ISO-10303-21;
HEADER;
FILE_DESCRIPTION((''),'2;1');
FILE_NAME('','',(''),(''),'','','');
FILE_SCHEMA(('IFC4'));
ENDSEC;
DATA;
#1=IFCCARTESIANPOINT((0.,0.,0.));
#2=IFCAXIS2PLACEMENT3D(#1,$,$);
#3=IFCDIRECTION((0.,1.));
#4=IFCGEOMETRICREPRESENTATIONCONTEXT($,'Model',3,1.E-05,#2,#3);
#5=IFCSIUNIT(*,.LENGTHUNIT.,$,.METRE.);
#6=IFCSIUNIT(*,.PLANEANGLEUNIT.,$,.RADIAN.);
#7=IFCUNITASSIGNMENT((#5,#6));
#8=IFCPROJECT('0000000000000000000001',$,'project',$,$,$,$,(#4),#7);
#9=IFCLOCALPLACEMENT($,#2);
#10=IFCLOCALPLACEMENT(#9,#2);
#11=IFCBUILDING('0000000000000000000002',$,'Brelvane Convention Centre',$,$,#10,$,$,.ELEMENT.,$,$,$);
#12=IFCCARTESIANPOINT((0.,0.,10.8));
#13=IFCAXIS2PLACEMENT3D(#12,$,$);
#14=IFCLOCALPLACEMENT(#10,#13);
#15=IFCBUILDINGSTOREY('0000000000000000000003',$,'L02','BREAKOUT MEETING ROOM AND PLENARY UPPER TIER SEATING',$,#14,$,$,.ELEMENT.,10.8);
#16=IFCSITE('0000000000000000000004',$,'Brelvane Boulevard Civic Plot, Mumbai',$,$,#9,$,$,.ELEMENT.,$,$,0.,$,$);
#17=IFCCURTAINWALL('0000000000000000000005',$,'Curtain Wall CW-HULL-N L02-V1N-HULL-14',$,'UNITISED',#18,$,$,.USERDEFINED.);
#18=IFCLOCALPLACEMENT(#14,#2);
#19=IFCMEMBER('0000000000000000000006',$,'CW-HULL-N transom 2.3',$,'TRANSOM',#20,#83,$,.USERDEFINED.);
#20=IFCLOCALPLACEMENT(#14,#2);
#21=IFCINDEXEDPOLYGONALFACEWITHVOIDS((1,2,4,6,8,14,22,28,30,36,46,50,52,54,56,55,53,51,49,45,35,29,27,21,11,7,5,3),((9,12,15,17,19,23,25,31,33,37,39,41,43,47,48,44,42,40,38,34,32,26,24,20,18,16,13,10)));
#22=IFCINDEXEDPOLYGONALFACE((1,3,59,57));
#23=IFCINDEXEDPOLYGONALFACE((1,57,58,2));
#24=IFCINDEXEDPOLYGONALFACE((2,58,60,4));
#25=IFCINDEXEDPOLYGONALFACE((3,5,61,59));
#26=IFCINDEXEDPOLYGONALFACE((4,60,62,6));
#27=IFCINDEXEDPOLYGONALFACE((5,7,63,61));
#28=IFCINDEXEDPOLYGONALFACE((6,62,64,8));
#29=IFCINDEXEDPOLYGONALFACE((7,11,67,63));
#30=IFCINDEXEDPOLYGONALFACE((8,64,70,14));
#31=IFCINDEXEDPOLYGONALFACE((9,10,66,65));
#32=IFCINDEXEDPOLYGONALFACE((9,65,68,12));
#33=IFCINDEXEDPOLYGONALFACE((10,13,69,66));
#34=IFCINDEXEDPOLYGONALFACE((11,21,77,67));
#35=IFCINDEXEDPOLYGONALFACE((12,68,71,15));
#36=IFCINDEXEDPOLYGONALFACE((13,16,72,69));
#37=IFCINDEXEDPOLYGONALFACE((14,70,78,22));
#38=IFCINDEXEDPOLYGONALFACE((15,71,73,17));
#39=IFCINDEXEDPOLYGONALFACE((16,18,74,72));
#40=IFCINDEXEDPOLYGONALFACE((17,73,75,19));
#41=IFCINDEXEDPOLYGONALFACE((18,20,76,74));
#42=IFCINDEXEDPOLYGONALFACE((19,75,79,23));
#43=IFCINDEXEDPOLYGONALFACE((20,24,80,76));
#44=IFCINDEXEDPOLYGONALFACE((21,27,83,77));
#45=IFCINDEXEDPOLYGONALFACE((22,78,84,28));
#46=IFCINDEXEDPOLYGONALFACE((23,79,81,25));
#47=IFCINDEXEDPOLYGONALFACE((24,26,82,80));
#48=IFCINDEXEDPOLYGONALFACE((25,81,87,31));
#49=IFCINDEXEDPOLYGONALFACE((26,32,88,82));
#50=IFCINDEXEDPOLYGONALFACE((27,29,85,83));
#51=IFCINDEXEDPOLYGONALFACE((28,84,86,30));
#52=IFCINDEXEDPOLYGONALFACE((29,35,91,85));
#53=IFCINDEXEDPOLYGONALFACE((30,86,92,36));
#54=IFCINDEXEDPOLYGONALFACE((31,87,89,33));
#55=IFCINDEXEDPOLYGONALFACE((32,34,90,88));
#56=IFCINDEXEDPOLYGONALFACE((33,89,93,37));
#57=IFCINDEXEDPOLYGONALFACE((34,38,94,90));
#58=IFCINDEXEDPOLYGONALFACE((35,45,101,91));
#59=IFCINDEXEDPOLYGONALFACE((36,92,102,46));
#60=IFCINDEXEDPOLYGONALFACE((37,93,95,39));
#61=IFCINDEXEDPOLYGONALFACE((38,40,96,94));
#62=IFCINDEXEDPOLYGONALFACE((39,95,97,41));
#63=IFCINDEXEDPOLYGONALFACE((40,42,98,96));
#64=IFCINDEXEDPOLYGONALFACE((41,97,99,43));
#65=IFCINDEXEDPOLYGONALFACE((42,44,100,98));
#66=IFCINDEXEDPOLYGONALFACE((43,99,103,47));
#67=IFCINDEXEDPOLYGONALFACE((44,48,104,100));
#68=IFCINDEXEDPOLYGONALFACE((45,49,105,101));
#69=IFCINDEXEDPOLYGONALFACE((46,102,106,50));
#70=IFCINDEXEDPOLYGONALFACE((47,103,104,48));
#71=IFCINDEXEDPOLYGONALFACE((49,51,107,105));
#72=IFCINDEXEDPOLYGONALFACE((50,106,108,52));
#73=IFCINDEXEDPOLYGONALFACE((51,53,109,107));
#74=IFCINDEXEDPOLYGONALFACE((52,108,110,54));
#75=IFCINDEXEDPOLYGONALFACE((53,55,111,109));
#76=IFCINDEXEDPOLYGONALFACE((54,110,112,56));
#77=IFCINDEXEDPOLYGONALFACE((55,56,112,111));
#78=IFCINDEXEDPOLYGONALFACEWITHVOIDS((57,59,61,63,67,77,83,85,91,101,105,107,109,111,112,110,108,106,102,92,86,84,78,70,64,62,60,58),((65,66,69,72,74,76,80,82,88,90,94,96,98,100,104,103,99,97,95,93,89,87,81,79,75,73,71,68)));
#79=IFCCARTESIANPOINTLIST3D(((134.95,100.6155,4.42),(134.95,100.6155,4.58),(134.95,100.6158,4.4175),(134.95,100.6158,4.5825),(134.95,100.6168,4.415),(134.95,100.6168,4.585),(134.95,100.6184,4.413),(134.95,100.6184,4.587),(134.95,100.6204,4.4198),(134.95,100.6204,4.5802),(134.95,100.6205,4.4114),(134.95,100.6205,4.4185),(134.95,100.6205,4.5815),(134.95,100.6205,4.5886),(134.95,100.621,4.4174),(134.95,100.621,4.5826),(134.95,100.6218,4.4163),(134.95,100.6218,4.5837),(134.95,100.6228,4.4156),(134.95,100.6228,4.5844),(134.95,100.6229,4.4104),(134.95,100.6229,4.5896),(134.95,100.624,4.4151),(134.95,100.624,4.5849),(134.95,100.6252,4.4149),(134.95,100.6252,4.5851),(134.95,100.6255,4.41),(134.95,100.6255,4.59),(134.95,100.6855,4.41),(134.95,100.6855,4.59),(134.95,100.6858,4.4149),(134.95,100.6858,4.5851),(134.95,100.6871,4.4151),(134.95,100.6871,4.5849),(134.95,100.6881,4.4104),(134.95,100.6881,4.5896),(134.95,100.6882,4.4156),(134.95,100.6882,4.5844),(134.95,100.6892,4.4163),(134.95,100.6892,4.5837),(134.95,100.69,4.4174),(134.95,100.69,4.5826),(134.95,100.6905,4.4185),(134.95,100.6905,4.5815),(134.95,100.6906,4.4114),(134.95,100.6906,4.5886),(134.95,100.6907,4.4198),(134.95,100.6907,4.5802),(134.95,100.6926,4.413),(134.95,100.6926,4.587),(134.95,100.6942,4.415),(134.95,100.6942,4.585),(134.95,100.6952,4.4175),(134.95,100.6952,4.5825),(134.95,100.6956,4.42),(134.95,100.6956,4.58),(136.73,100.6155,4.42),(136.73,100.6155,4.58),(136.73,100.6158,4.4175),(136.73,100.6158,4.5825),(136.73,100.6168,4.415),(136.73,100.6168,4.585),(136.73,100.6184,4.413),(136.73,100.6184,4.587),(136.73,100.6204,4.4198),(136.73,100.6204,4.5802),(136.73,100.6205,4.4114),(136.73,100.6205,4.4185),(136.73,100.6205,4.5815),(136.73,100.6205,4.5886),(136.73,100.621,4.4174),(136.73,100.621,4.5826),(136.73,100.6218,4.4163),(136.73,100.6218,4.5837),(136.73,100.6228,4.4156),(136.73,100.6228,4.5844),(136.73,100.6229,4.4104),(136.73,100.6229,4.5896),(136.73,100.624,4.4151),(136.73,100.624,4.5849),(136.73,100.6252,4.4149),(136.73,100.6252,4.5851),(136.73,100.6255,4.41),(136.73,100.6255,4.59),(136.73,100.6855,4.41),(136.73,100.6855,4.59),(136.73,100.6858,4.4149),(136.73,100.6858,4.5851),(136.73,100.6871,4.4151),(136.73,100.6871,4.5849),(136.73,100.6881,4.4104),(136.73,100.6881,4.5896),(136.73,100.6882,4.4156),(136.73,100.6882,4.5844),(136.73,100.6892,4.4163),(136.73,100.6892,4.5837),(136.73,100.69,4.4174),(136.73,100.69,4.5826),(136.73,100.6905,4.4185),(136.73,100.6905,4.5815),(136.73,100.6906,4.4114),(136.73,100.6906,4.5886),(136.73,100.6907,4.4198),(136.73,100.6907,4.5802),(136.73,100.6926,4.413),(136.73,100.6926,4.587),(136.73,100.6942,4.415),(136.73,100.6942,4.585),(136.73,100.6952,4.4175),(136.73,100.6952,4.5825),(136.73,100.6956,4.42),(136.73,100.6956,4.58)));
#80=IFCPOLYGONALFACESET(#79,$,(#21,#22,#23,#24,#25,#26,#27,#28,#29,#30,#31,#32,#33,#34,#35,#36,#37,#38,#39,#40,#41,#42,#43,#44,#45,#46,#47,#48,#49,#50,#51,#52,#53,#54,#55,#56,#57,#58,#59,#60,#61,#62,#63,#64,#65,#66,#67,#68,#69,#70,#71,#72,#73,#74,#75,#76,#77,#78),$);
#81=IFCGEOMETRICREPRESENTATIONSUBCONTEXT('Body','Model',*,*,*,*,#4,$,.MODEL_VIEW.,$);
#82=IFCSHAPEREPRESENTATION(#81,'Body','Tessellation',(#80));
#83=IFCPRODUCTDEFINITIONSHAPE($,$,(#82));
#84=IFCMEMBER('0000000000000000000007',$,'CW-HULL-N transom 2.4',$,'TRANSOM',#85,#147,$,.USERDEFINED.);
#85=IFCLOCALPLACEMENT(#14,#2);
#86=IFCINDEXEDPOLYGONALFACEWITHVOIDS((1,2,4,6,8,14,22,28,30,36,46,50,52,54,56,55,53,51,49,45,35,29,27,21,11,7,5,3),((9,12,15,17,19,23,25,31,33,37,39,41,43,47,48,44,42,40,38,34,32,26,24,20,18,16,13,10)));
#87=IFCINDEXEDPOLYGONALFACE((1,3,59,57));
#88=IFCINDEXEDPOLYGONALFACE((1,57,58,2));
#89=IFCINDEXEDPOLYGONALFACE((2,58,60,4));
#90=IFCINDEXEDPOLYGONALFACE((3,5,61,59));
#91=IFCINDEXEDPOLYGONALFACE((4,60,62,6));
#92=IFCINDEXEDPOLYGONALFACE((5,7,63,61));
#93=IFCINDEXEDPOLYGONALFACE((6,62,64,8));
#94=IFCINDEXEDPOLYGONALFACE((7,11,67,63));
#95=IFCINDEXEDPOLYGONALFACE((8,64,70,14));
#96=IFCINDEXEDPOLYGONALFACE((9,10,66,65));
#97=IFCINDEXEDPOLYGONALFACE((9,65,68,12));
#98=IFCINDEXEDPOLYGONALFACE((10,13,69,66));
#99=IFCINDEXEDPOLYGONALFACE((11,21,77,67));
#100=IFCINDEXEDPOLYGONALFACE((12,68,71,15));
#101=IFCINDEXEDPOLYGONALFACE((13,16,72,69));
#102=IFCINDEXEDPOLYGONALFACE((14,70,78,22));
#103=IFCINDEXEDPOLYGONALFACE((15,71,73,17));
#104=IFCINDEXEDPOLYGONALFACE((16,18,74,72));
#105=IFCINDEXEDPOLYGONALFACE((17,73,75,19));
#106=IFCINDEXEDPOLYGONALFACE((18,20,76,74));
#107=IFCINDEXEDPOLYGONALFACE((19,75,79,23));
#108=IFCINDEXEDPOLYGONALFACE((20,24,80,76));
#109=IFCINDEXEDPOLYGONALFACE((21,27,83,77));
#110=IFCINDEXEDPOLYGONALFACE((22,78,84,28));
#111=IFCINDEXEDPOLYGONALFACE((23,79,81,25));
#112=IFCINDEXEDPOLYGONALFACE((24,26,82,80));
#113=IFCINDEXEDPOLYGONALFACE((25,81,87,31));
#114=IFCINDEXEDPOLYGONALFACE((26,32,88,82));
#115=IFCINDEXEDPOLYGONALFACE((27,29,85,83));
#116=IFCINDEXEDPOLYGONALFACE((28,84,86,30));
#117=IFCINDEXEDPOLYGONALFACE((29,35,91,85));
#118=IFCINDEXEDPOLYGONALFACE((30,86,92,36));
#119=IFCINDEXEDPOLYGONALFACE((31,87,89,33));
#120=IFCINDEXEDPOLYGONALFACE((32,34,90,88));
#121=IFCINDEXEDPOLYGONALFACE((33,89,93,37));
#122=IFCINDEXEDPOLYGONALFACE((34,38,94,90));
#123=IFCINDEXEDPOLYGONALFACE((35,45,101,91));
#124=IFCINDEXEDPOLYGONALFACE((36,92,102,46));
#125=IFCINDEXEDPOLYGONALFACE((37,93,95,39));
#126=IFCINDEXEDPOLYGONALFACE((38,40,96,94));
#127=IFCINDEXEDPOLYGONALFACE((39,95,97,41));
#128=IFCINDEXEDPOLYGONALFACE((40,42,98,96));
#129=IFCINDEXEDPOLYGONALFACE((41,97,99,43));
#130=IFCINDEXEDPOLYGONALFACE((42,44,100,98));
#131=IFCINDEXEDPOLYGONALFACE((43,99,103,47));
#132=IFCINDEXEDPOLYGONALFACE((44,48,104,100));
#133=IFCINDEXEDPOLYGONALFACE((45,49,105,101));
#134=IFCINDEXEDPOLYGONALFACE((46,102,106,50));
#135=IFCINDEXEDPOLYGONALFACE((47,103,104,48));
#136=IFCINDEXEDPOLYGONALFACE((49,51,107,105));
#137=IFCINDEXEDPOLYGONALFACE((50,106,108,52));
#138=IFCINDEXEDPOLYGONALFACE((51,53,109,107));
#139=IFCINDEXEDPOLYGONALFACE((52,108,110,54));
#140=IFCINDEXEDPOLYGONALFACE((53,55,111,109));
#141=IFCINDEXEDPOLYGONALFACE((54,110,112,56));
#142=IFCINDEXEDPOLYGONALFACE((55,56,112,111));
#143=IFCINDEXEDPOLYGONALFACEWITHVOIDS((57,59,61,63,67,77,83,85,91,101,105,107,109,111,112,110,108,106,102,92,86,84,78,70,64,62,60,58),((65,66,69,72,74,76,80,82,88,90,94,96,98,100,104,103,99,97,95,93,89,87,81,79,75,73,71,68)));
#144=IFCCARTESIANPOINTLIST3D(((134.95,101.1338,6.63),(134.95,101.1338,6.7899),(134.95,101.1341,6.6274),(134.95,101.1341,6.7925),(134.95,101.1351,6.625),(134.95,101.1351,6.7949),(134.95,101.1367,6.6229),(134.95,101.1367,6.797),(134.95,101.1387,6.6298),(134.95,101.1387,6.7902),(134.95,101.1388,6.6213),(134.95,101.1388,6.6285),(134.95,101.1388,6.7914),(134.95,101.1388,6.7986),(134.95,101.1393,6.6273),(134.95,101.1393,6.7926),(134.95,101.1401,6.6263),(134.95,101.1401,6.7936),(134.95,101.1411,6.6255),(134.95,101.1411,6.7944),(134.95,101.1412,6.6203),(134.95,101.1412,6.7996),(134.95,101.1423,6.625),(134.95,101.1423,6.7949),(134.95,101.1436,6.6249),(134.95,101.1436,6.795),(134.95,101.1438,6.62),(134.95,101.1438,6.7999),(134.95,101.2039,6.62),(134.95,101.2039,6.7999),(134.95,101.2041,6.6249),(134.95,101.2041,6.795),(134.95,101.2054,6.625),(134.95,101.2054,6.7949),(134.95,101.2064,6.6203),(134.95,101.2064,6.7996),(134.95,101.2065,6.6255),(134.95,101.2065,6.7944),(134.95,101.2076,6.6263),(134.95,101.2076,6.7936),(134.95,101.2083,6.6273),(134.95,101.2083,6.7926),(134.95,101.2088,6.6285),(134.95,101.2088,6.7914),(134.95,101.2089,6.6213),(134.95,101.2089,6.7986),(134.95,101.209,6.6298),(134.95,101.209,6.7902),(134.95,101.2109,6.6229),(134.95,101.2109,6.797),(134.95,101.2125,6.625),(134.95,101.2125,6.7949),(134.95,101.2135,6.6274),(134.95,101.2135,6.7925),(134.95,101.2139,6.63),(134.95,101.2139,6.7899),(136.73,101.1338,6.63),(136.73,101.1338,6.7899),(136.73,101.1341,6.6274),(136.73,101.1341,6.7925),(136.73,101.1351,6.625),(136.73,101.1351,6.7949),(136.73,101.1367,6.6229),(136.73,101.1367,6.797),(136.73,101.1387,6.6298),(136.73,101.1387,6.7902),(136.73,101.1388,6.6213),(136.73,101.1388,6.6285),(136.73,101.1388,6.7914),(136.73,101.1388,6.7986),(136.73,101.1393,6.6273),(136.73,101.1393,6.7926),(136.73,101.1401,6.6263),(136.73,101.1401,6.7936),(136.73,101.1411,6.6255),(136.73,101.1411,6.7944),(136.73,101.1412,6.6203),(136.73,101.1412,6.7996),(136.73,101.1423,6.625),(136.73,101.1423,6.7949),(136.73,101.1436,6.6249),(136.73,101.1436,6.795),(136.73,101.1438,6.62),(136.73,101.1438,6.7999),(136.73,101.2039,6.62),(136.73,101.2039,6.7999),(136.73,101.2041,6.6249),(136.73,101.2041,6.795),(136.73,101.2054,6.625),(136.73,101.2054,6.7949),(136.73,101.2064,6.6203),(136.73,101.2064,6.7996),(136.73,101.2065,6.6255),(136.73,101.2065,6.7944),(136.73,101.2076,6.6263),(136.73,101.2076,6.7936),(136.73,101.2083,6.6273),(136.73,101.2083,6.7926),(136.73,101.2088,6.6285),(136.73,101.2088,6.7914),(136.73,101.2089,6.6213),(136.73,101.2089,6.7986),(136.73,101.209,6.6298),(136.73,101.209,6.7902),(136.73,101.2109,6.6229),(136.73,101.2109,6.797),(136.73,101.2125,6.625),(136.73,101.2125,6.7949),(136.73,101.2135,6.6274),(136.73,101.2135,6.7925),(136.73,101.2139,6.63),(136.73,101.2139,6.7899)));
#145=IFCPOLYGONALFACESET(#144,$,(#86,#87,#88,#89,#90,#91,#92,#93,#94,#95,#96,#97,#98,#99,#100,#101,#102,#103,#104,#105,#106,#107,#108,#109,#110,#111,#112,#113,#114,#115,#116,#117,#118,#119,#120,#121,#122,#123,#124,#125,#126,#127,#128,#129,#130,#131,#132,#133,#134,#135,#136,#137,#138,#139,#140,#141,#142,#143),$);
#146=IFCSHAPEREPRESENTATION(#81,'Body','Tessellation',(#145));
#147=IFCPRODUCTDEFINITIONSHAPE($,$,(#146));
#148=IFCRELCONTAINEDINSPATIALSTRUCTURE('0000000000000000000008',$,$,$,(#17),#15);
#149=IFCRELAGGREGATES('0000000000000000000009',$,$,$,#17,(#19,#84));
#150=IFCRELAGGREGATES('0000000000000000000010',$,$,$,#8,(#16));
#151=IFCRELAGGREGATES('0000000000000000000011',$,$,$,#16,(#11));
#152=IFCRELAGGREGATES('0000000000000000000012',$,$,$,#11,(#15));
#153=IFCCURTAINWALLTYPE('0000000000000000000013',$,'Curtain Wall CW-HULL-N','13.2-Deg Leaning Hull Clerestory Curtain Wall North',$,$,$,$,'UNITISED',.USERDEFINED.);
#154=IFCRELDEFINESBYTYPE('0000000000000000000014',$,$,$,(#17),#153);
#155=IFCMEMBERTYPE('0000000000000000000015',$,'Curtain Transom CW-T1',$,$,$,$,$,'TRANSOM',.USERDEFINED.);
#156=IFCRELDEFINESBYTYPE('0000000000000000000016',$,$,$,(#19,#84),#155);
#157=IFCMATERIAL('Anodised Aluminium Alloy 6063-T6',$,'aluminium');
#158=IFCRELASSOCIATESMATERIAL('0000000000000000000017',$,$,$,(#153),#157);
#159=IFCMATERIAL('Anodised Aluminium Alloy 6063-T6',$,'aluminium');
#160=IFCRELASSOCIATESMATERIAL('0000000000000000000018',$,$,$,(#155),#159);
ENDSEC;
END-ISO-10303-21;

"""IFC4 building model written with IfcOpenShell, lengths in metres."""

from ifc_helpers import new_model, si_unit, direction, frame, origin, origin_2d, place, context, subcontext, project, spatial, hollow_rectangle, extrude, material, material_profile, profile_set, type_object, element, aggregate, save


model = new_model("IFC4")

# Units and contexts
model_context = context("Model", 3, precision=1e-05, world=origin(), true_north=direction((0.0, 1.0)))
body_context = subcontext(model_context, "Body", "Model", "MODEL_VIEW")
ifc_project = project(units=[si_unit("LENGTHUNIT", "METRE"), si_unit("PLANEANGLEUNIT", "RADIAN")], contexts=[model_context])

# Site, building, storey
site_placement = place(None, origin())
site = spatial("IfcSite", under=ifc_project, at=site_placement, Name="Brelvane Boulevard Civic Plot, Mumbai", CompositionType="ELEMENT", RefElevation=0.0)
building_placement = place(site_placement, origin())
building = spatial("IfcBuilding", under=site, at=building_placement, Name="Brelvane Convention Centre", CompositionType="ELEMENT")
storey_placement = place(building_placement, frame((0.0, 0.0, 10.8)))
storey = spatial("IfcBuildingStorey", under=building, at=storey_placement, Name="L02", Description="BREAKOUT MEETING ROOM AND PLENARY UPPER TIER SEATING", CompositionType="ELEMENT", Elevation=10.8)

# Curtain wall, members
ifc_material_1 = material(Name="Anodised Aluminium Alloy 6063-T6", Category="aluminium")
curtain_wall_type_1 = type_object("IfcCurtainWallType", Name="Curtain Wall CW-HULL-N", Description="13.2-Deg Leaning Hull Clerestory Curtain Wall North", ElementType="UNITISED", PredefinedType="USERDEFINED", material=ifc_material_1)
ifc_material_2 = material(Name="Anodised Aluminium Alloy 6063-T6", Category="aluminium")
ifc_material_profile_1 = material_profile(ifc_material_2, hollow_rectangle(XDim=0.0801, YDim=0.1799, WallThickness=0.0049, InnerFilletRadius=0.0049, OuterFilletRadius=0.01, at=origin_2d()), Name="ALU-T 180x80x5.0")
ifc_profile_set_1 = profile_set([ifc_material_profile_1], Name="Anodised Aluminium Alloy 6063-T6")
member_type_1 = type_object("IfcMemberType", Name="Curtain Transom CW-T1", ElementType="TRANSOM", PredefinedType="USERDEFINED", material=ifc_profile_set_1)
curtain_wall_1_placement = place(storey_placement, origin())
curtain_wall_1 = element("IfcCurtainWall", 1, at=curtain_wall_1_placement, inside=storey, type_object=curtain_wall_type_1, Name="Curtain Wall CW-HULL-N L02-V1N-HULL-14", ObjectType="UNITISED", PredefinedType="USERDEFINED")
member_1_placement = place(storey_placement, frame((134.95, 100.6555, 4.5), z_axis=(1.0, 0.0, 0.0), x_axis=(0.0, 1.0, 0.0)))
member_1 = element("IfcMember", 2, at=member_1_placement, type_object=member_type_1, Name="CW-HULL-N transom 2.3", ObjectType="TRANSOM", PredefinedType="USERDEFINED", context=body_context, shape_type="SweptSolid", body=[
    extrude(hollow_rectangle(XDim=0.0801, YDim=0.1799, WallThickness=0.0049, InnerFilletRadius=0.0049, OuterFilletRadius=0.01, at=origin_2d()), origin(), (0.0, 0.0, 1.0), 1.78),
])
member_2_placement = place(storey_placement, frame((134.95, 101.1738, 6.71), z_axis=(1.0, 0.0, 0.0), x_axis=(0.0, 1.0, 0.0)))
member_2 = element("IfcMember", 3, at=member_2_placement, type_object=member_type_1, Name="CW-HULL-N transom 2.4", ObjectType="TRANSOM", PredefinedType="USERDEFINED", context=body_context, shape_type="SweptSolid", body=[
    extrude(hollow_rectangle(XDim=0.0801, YDim=0.1799, WallThickness=0.0049, InnerFilletRadius=0.0049, OuterFilletRadius=0.01, at=origin_2d()), origin(), (0.0, 0.0, 1.0), 1.78),
])

aggregate(curtain_wall_1, [member_1, member_2])

save(model, "model.ifc")
